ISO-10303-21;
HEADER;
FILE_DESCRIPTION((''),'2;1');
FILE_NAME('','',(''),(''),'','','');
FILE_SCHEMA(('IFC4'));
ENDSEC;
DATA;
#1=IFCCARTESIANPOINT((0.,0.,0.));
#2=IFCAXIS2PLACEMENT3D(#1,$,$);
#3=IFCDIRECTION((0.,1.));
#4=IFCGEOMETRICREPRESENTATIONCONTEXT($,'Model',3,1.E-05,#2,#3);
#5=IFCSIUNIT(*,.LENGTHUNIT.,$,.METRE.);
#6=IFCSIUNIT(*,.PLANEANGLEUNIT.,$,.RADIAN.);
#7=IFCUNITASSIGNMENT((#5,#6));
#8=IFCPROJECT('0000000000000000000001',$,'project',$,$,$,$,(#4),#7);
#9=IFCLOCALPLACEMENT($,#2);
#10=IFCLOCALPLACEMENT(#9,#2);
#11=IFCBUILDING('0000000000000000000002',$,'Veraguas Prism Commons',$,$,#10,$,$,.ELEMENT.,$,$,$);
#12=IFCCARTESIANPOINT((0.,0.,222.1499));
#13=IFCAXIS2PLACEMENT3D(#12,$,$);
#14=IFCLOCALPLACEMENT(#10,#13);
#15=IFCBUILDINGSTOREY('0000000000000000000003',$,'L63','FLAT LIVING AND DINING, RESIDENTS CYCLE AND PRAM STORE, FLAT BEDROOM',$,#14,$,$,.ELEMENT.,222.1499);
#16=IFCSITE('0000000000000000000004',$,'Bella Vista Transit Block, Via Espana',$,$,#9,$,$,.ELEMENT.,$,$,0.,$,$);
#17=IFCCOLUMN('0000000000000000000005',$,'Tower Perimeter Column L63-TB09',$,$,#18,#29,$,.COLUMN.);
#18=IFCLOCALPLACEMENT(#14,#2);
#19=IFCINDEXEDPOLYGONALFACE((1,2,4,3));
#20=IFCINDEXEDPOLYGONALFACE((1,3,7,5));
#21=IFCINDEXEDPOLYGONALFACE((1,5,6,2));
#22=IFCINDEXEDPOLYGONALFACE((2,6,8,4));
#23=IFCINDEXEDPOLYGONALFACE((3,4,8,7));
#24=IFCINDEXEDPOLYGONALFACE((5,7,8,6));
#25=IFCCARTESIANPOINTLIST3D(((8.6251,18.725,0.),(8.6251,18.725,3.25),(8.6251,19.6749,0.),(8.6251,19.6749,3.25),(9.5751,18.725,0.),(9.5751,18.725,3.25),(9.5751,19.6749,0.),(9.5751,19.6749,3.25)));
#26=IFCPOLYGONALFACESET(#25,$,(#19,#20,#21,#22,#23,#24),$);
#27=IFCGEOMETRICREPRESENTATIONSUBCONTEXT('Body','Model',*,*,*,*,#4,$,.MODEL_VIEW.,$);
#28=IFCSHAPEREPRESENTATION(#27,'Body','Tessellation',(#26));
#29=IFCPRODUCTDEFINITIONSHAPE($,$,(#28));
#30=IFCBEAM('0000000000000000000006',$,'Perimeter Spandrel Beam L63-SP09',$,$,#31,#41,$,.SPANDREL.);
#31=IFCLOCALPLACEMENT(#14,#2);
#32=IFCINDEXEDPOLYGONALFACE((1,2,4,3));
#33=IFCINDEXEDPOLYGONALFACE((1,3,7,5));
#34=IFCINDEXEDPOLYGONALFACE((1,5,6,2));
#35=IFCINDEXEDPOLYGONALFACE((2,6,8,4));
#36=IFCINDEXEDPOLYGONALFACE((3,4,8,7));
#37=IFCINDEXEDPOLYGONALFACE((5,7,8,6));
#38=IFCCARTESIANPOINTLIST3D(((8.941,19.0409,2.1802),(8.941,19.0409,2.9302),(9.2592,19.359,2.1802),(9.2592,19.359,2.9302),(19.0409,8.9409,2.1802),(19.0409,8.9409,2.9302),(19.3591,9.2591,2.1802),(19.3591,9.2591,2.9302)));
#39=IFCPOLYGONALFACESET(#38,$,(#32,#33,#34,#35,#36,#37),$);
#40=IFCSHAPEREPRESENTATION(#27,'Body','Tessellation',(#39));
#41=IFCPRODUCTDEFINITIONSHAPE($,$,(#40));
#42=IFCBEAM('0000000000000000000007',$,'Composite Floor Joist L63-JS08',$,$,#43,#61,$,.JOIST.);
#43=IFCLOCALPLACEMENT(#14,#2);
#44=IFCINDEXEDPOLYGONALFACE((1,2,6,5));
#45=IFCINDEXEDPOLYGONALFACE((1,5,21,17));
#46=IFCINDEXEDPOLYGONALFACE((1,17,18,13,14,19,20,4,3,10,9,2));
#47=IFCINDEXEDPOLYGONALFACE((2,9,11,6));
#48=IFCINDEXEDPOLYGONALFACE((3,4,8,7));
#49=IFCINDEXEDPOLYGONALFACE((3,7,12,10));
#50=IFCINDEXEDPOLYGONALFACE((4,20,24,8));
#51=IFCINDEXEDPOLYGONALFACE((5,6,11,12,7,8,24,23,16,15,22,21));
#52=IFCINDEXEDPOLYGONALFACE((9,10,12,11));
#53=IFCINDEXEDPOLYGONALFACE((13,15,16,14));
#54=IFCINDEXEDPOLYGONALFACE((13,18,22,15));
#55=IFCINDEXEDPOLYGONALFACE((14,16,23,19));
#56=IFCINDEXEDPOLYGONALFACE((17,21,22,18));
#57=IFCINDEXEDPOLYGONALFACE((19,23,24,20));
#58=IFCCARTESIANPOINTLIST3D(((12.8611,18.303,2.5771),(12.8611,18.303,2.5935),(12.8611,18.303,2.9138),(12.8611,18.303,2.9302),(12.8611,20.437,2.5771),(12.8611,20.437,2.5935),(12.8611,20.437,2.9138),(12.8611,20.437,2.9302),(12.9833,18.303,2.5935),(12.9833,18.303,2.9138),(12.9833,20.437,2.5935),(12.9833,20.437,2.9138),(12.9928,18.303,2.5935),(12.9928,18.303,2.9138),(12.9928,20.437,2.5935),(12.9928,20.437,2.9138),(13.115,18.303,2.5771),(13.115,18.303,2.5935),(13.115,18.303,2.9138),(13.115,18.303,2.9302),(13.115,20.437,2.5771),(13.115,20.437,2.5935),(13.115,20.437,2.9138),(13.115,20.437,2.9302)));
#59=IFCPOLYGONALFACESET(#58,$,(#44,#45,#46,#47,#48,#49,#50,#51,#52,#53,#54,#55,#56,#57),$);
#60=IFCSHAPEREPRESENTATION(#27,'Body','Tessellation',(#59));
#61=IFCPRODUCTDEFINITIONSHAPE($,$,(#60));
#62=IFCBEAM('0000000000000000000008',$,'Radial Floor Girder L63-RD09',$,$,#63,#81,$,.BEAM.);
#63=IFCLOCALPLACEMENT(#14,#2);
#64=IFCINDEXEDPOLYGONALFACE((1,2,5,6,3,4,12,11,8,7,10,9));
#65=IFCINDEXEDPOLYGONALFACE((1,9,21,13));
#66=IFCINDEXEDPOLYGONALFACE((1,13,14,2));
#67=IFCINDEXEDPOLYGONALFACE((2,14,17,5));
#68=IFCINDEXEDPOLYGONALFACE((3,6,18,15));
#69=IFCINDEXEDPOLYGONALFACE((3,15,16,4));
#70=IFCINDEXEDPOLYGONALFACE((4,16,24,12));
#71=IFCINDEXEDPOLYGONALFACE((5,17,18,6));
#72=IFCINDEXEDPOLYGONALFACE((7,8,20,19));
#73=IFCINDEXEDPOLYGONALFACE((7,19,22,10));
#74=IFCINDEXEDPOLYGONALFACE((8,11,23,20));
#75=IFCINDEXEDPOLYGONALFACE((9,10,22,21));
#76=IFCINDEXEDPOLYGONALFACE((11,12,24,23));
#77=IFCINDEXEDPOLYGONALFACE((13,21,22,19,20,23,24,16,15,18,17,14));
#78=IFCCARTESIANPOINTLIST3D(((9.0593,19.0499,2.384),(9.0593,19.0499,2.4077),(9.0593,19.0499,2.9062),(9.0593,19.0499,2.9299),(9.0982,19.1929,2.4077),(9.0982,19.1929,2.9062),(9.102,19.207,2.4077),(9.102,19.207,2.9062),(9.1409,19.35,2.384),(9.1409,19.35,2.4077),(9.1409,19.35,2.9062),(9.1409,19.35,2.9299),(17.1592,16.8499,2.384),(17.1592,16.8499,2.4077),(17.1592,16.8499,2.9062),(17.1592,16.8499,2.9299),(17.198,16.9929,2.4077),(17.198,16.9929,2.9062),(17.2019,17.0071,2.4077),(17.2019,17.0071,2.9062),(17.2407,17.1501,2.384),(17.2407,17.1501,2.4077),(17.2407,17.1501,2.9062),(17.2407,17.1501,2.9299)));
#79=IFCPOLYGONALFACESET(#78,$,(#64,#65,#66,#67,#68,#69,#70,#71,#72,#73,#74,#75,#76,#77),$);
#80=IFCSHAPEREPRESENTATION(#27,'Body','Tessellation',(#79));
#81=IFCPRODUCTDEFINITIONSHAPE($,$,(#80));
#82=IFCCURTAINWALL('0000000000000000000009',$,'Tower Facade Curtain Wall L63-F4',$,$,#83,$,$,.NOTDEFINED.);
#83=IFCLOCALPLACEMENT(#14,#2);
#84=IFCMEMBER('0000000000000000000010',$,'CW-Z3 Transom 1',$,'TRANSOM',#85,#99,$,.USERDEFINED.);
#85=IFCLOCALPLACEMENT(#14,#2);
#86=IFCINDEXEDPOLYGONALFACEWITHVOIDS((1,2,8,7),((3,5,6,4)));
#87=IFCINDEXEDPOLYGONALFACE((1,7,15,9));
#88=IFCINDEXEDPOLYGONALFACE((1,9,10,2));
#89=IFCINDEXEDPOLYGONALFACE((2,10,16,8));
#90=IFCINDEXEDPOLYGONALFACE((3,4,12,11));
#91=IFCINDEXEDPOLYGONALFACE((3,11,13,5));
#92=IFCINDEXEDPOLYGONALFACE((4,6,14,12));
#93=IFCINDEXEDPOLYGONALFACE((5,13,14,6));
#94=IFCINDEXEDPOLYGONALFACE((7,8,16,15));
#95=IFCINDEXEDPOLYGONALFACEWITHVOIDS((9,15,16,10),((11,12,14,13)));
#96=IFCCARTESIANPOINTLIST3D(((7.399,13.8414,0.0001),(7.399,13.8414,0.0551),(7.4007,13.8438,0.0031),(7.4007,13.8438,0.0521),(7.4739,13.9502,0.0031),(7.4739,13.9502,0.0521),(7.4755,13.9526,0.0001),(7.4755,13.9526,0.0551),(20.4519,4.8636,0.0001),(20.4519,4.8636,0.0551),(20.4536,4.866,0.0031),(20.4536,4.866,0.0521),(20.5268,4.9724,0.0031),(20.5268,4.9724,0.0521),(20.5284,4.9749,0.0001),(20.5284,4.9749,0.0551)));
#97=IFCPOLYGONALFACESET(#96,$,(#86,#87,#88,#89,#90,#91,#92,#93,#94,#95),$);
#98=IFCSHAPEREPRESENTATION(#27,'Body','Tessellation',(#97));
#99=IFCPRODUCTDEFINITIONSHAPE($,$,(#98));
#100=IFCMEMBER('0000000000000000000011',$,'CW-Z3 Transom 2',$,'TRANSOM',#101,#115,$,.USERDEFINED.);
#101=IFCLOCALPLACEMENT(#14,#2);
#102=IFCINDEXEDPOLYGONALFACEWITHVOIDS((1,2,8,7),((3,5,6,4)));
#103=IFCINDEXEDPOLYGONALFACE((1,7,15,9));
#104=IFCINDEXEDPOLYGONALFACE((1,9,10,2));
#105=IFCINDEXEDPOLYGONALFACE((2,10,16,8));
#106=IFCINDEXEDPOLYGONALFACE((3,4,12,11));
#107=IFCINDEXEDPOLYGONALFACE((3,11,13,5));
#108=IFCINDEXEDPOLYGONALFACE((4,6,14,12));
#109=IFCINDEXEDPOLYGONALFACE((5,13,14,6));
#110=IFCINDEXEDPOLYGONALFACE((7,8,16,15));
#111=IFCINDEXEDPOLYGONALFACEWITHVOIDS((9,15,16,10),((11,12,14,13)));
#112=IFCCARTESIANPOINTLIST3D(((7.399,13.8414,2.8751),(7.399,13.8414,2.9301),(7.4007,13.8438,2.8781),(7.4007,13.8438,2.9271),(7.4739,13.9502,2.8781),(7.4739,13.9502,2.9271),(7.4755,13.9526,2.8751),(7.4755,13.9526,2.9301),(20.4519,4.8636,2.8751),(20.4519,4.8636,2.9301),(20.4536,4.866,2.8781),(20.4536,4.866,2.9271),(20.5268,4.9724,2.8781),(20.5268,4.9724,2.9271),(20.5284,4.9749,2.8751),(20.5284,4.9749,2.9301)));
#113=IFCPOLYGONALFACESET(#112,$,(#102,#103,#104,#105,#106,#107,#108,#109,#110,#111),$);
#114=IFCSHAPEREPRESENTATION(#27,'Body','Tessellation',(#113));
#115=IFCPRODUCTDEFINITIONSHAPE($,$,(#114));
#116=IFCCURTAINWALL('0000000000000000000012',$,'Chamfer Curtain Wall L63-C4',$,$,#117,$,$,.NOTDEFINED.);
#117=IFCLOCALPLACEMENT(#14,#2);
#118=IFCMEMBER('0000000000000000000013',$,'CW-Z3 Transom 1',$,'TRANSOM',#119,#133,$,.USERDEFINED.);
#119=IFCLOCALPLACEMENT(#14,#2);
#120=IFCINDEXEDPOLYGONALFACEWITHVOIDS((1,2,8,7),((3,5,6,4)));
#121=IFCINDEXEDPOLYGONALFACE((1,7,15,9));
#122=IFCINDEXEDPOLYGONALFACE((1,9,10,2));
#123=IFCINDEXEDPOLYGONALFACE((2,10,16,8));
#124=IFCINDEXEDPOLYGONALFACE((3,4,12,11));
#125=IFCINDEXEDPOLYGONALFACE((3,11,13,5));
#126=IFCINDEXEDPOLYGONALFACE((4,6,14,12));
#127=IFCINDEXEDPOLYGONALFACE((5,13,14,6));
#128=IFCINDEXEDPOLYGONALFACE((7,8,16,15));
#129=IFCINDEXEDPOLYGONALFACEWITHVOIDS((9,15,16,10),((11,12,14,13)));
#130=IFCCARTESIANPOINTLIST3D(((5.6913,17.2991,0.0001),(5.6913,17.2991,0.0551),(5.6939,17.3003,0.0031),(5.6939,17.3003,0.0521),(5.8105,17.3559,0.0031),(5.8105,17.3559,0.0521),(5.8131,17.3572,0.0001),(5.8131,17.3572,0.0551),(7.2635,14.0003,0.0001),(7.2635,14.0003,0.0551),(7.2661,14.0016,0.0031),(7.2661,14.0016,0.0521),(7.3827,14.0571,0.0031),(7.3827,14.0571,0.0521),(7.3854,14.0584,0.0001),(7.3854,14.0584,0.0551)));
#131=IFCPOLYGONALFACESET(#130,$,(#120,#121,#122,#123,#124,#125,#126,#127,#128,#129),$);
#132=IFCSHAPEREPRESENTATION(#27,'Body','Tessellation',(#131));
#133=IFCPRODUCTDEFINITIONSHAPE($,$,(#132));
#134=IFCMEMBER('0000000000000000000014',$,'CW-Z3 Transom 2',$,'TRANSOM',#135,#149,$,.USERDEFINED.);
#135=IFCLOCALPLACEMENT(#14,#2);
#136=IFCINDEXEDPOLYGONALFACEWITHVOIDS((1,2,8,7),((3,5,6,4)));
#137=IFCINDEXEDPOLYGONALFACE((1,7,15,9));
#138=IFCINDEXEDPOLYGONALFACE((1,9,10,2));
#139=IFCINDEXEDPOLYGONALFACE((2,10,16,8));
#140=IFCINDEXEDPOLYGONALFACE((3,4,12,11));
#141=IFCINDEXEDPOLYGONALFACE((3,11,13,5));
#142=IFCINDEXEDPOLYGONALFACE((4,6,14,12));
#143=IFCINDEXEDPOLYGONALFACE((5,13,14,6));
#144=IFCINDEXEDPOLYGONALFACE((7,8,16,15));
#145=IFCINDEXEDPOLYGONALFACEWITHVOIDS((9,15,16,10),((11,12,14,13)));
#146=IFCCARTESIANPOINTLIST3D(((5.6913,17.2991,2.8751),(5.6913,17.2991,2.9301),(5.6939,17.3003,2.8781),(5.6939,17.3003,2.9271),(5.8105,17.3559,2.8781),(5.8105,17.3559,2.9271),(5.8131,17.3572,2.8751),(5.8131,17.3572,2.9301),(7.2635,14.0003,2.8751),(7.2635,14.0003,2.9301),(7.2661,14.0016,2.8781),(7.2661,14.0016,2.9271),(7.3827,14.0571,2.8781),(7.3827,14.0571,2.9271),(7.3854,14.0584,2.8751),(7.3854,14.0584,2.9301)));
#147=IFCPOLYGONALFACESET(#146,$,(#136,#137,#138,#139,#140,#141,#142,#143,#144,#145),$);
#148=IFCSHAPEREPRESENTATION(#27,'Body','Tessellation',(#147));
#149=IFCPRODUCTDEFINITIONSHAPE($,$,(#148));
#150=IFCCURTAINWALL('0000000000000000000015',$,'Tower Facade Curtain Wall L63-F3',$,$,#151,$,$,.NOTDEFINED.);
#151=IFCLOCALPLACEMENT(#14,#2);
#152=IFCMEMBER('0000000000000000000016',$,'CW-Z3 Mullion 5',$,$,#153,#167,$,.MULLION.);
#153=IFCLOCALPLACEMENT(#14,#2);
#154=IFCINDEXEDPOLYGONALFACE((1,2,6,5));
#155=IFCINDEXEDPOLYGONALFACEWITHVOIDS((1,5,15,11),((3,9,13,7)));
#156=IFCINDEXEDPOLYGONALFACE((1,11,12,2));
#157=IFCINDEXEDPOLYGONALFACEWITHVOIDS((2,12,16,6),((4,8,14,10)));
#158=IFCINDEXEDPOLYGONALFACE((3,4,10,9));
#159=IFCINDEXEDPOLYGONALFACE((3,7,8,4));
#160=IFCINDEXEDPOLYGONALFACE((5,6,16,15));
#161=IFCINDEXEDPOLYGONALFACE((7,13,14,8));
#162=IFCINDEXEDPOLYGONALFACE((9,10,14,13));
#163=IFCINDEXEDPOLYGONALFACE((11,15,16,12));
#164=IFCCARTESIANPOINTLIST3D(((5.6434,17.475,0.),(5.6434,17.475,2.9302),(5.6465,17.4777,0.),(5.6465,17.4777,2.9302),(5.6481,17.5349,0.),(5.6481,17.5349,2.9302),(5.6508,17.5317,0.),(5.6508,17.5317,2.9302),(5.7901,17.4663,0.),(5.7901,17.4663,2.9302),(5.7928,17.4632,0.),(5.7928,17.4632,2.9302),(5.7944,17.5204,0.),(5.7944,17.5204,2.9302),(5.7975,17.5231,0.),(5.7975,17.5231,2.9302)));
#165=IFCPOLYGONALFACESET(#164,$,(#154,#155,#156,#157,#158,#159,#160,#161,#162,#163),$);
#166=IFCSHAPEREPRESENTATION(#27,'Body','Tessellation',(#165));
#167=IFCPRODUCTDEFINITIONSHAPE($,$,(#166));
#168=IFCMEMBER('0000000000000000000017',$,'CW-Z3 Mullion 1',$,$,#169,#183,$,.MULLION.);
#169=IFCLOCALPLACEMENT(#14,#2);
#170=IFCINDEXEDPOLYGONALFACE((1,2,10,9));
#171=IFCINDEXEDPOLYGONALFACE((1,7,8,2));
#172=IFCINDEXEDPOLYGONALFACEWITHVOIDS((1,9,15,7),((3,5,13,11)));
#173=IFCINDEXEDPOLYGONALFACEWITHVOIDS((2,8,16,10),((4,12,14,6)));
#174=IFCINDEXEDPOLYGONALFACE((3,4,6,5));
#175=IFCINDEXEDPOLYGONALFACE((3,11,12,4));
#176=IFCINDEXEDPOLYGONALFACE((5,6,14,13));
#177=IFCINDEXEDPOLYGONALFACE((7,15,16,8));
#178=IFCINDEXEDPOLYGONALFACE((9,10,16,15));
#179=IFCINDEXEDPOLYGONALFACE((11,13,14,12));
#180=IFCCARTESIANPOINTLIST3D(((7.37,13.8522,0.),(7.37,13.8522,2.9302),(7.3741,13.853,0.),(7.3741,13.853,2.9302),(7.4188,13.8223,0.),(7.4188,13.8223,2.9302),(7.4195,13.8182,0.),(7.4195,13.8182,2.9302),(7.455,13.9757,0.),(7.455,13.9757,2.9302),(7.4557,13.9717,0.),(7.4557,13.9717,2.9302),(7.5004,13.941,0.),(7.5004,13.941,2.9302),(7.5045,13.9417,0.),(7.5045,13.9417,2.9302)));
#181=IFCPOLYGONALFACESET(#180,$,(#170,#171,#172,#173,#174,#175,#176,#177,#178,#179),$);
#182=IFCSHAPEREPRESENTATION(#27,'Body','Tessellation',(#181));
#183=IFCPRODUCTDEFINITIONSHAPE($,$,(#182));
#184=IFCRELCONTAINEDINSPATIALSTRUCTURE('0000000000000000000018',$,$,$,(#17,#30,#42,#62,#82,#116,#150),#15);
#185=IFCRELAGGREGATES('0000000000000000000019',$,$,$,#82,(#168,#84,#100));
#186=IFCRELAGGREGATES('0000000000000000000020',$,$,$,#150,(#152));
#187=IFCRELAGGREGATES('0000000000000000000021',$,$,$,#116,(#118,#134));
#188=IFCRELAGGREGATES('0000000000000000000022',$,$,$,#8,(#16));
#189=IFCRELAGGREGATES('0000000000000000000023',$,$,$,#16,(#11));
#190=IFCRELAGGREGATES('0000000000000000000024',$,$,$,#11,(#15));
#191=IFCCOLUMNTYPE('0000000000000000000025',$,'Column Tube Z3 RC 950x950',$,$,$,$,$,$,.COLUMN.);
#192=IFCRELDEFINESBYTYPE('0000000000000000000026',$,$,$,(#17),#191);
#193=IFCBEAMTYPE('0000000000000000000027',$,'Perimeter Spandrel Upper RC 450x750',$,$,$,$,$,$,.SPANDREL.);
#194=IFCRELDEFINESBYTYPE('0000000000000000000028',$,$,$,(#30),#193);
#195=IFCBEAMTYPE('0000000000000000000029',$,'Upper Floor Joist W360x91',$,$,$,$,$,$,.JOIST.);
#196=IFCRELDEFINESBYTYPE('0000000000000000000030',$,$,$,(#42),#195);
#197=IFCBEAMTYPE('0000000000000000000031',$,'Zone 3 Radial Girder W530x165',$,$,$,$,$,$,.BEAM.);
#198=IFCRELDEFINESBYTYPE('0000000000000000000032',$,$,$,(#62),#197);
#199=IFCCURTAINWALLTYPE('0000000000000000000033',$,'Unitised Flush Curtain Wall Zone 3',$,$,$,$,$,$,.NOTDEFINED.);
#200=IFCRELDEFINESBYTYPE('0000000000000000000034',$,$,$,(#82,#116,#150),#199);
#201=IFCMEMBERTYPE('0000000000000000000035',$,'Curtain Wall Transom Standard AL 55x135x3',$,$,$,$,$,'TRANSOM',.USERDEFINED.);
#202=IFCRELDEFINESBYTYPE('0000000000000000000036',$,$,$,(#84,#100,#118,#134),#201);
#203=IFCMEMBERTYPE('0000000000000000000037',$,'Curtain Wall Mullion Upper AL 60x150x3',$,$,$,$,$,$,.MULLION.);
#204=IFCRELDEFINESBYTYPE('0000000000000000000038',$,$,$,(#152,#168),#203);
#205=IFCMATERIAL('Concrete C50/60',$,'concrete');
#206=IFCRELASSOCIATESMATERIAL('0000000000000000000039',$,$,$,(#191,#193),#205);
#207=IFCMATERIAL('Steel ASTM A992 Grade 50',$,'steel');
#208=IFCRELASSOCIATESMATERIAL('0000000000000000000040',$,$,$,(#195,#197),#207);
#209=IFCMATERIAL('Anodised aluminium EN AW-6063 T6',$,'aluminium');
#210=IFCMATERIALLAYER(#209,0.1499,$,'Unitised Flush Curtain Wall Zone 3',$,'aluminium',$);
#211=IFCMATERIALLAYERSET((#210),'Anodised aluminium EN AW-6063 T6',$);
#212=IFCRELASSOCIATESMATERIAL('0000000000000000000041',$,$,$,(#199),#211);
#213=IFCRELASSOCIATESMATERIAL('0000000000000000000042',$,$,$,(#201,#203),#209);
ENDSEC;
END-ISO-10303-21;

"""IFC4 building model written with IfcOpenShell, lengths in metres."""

from ifc_helpers import new_model, si_unit, direction, frame, origin, origin_2d, place, context, subcontext, project, spatial, rectangle, hollow_rectangle, i_section, extrude, source, transform, mapped, material, layer, layer_set, material_profile, profile_set, type_object, element, aggregate, save


model = new_model("IFC4")

# Units and contexts
model_context = context("Model", 3, precision=1e-05, world=origin(), true_north=direction((0.0, 1.0)))
body_context = subcontext(model_context, "Body", "Model", "MODEL_VIEW")
ifc_project = project(units=[si_unit("LENGTHUNIT", "METRE"), si_unit("PLANEANGLEUNIT", "RADIAN")], contexts=[model_context])

# Site, building, storey
site_placement = place(None, origin())
site = spatial("IfcSite", under=ifc_project, at=site_placement, Name="Bella Vista Transit Block, Via Espana", CompositionType="ELEMENT", RefElevation=0.0)
building_placement = place(site_placement, origin())
building = spatial("IfcBuilding", under=site, at=building_placement, Name="Veraguas Prism Commons", CompositionType="ELEMENT")
storey_placement = place(building_placement, frame((0.0, 0.0, 222.1499)))
storey = spatial("IfcBuildingStorey", under=building, at=storey_placement, Name="L63", Description="FLAT LIVING AND DINING, RESIDENTS CYCLE AND PRAM STORE, FLAT BEDROOM", CompositionType="ELEMENT", Elevation=222.1499)

# Column
ifc_material_1 = material(Name="Concrete C50/60", Category="concrete")
ifc_material_profile_1 = material_profile(ifc_material_1, rectangle(XDim=0.95, YDim=0.95, at=origin_2d()), Name="RC950X950")
ifc_profile_set_1 = profile_set([ifc_material_profile_1], Name="Concrete C50/60")
column_type = type_object("IfcColumnType", Name="Column Tube Z3 RC 950x950", PredefinedType="COLUMN", material=ifc_profile_set_1)
column_placement = place(storey_placement, frame((9.1001, 19.2, 0.0), z_axis=(0.0, 0.0, 1.0), x_axis=(1.0, 0.0, 0.0)))
element("IfcColumn", 1, at=column_placement, inside=storey, type_object=column_type, Name="Tower Perimeter Column L63-TB09", PredefinedType="COLUMN", context=body_context, shape_type="SweptSolid", body=[
    extrude(rectangle(XDim=0.95, YDim=0.95, at=origin_2d()), origin(), (0.0, 0.0, 1.0), 3.25),
])

# Beams
ifc_material_profile_2 = material_profile(ifc_material_1, rectangle(XDim=0.45, YDim=0.75, at=origin_2d()), Name="RC450X750")
ifc_profile_set_2 = profile_set([ifc_material_profile_2], Name="Concrete C50/60")
beam_type_1 = type_object("IfcBeamType", Name="Perimeter Spandrel Upper RC 450x750", PredefinedType="SPANDREL", material=ifc_profile_set_2)
beam_1_placement = place(storey_placement, frame((9.1001, 19.2, 2.5552), z_axis=(0.707107, -0.707107, 0.0), x_axis=(0.707107, 0.707107, 0.0)))
element("IfcBeam", 2, at=beam_1_placement, inside=storey, type_object=beam_type_1, Name="Perimeter Spandrel Beam L63-SP09", PredefinedType="SPANDREL", context=body_context, shape_type="SweptSolid", body=[
    extrude(rectangle(XDim=0.45, YDim=0.75, at=origin_2d()), origin(), (0.0, 0.0, 1.0), 14.2834),
])
ifc_material_2 = material(Name="Steel ASTM A992 Grade 50", Category="steel")
ifc_material_profile_3 = material_profile(ifc_material_2, i_section(OverallWidth=0.2539, OverallDepth=0.353, WebThickness=0.0095, FlangeThickness=0.0164, at=origin_2d()), Name="W360X91")
ifc_profile_set_3 = profile_set([ifc_material_profile_3], Name="Steel ASTM A992 Grade 50")
beam_type_2 = type_object("IfcBeamType", Name="Upper Floor Joist W360x91", PredefinedType="JOIST", material=ifc_profile_set_3)
beam_2_placement = place(storey_placement, frame((12.988, 20.437, 2.7537), z_axis=(0.0, -1.0, 0.0), x_axis=(1.0, 0.0, 0.0)))
element("IfcBeam", 3, at=beam_2_placement, inside=storey, type_object=beam_type_2, Name="Composite Floor Joist L63-JS08", PredefinedType="JOIST", context=body_context, shape_type="SweptSolid", body=[
    extrude(i_section(OverallWidth=0.2539, OverallDepth=0.353, WebThickness=0.0095, FlangeThickness=0.0164, at=origin_2d()), origin(), (0.0, 0.0, 1.0), 2.134),
])
ifc_material_profile_4 = material_profile(ifc_material_2, i_section(OverallWidth=0.311, OverallDepth=0.5459, WebThickness=0.0146, FlangeThickness=0.0237, at=origin_2d()), Name="W530X165")
ifc_profile_set_4 = profile_set([ifc_material_profile_4], Name="Steel ASTM A992 Grade 50")
beam_type_3 = type_object("IfcBeamType", Name="Zone 3 Radial Girder W530x165", PredefinedType="BEAM", material=ifc_profile_set_4)
beam_3_placement = place(storey_placement, frame((9.1001, 19.2, 2.657), z_axis=(0.965039, -0.262108, 0.0), x_axis=(0.262108, 0.965039, 0.0)))
element("IfcBeam", 4, at=beam_3_placement, inside=storey, type_object=beam_type_3, Name="Radial Floor Girder L63-RD09", PredefinedType="BEAM", context=body_context, shape_type="SweptSolid", body=[
    extrude(i_section(OverallWidth=0.311, OverallDepth=0.5459, WebThickness=0.0146, FlangeThickness=0.0237, at=origin_2d()), origin(), (0.0, 0.0, 1.0), 8.3933),
])

# Curtain walls, members
ifc_material_3 = material(Name="Anodised aluminium EN AW-6063 T6", Category="aluminium")
ifc_layer_1 = layer(ifc_material_3, 0.1499, Name="Unitised Flush Curtain Wall Zone 3", Category="aluminium")
ifc_layer_set_1 = layer_set([ifc_layer_1], Name="Anodised aluminium EN AW-6063 T6")
curtain_wall_type = type_object("IfcCurtainWallType", Name="Unitised Flush Curtain Wall Zone 3", PredefinedType="NOTDEFINED", material=ifc_layer_set_1)
curtain_wall_1_placement = place(storey_placement, origin())
curtain_wall_1 = element("IfcCurtainWall", 5, at=curtain_wall_1_placement, inside=storey, type_object=curtain_wall_type, Name="Tower Facade Curtain Wall L63-F4", PredefinedType="NOTDEFINED")
ifc_material_profile_5 = material_profile(ifc_material_3, hollow_rectangle(XDim=0.0549, YDim=0.135, WallThickness=0.0029, at=origin_2d()), Name="AL55X135X3")
ifc_profile_set_5 = profile_set([ifc_material_profile_5], Name="Anodised aluminium EN AW-6063 T6")
member_type_1 = type_object("IfcMemberType", Name="Curtain Wall Transom Standard AL 55x135x3", ElementType="TRANSOM", PredefinedType="USERDEFINED", material=ifc_profile_set_5)
shared_shape_1 = source(origin(), body_context, "Body", "SweptSolid", [
    extrude(hollow_rectangle(XDim=0.0549, YDim=0.135, WallThickness=0.0029, at=origin_2d()), origin(), (0.0, 0.0, 1.0), 15.8423),
])
member_1_placement = place(storey_placement, frame((7.4373, 13.897, 0.0276), z_axis=(0.823928, -0.566694, 0.0), x_axis=(0.0, 0.0, 1.0)))
member_1 = element("IfcMember", 6, at=member_1_placement, type_object=member_type_1, Name="CW-Z3 Transom 1", ObjectType="TRANSOM", PredefinedType="USERDEFINED", context=body_context, shape_type="MappedRepresentation", body=[
    mapped(shared_shape_1, transform((0.0, 0.0, 0.0), scale=1.0)),
])
member_2_placement = place(storey_placement, frame((7.4373, 13.897, 2.9026), z_axis=(0.823928, -0.566694, 0.0), x_axis=(0.0, 0.0, 1.0)))
member_2 = element("IfcMember", 7, at=member_2_placement, type_object=member_type_1, Name="CW-Z3 Transom 2", ObjectType="TRANSOM", PredefinedType="USERDEFINED", context=body_context, shape_type="MappedRepresentation", body=[
    mapped(shared_shape_1, transform((0.0, 0.0, 0.0), scale=1.0)),
])
curtain_wall_2_placement = place(storey_placement, origin())
curtain_wall_2 = element("IfcCurtainWall", 8, at=curtain_wall_2_placement, inside=storey, type_object=curtain_wall_type, Name="Chamfer Curtain Wall L63-C4", PredefinedType="NOTDEFINED")
shared_shape_2 = source(origin(), body_context, "Body", "SweptSolid", [
    extrude(hollow_rectangle(XDim=0.0549, YDim=0.135, WallThickness=0.0029, at=origin_2d()), origin(), (0.0, 0.0, 1.0), 3.6543),
])
member_3_placement = place(storey_placement, frame((5.7522, 17.3281, 0.0276), z_axis=(0.430245, -0.902712, 0.0), x_axis=(0.0, 0.0, 1.0)))
member_3 = element("IfcMember", 9, at=member_3_placement, type_object=member_type_1, Name="CW-Z3 Transom 1", ObjectType="TRANSOM", PredefinedType="USERDEFINED", context=body_context, shape_type="MappedRepresentation", body=[
    mapped(shared_shape_2, transform((0.0, 0.0, 0.0), scale=1.0)),
])
member_4_placement = place(storey_placement, frame((5.7522, 17.3281, 2.9026), z_axis=(0.430245, -0.902712, 0.0), x_axis=(0.0, 0.0, 1.0)))
member_4 = element("IfcMember", 10, at=member_4_placement, type_object=member_type_1, Name="CW-Z3 Transom 2", ObjectType="TRANSOM", PredefinedType="USERDEFINED", context=body_context, shape_type="MappedRepresentation", body=[
    mapped(shared_shape_2, transform((0.0, 0.0, 0.0), scale=1.0)),
])

# Curtain wall, member
curtain_wall_3_placement = place(storey_placement, origin())
curtain_wall_3 = element("IfcCurtainWall", 11, at=curtain_wall_3_placement, inside=storey, type_object=curtain_wall_type, Name="Tower Facade Curtain Wall L63-F3", PredefinedType="NOTDEFINED")
ifc_material_profile_6 = material_profile(ifc_material_3, hollow_rectangle(XDim=0.0601, YDim=0.1499, WallThickness=0.0029, at=origin_2d()), Name="AL60X150X3")
ifc_profile_set_6 = profile_set([ifc_material_profile_6], Name="Anodised aluminium EN AW-6063 T6")
member_type_2 = type_object("IfcMemberType", Name="Curtain Wall Mullion Upper AL 60x150x3", PredefinedType="MULLION", material=ifc_profile_set_6)
shared_shape_3 = source(origin(), body_context, "Body", "SweptSolid", [
    extrude(hollow_rectangle(XDim=0.0601, YDim=0.1499, WallThickness=0.0029, at=origin_2d()), origin(), (0.0, 0.0, 1.0), 2.9302),
])
member_5_placement = place(storey_placement, frame((5.7205, 17.499, 0.0), z_axis=(0.0, 0.0, 1.0), x_axis=(-0.078812, -0.996889, 0.0)))
member_5 = element("IfcMember", 12, at=member_5_placement, type_object=member_type_2, Name="CW-Z3 Mullion 5", PredefinedType="MULLION", context=body_context, shape_type="MappedRepresentation", body=[
    mapped(shared_shape_3, transform((0.0, 0.0, 0.0), scale=1.0)),
])

# Member
member_6_placement = place(storey_placement, frame((7.4373, 13.897, 0.0), z_axis=(0.0, 0.0, 1.0), x_axis=(0.823926, -0.566697, 0.0)))
member_6 = element("IfcMember", 13, at=member_6_placement, type_object=member_type_2, Name="CW-Z3 Mullion 1", PredefinedType="MULLION", context=body_context, shape_type="MappedRepresentation", body=[
    mapped(shared_shape_3, transform((0.0, 0.0, 0.0), scale=1.0)),
])

aggregate(curtain_wall_1, [member_6, member_1, member_2])
aggregate(curtain_wall_3, [member_5])
aggregate(curtain_wall_2, [member_3, member_4])

save(model, "model.ifc")
